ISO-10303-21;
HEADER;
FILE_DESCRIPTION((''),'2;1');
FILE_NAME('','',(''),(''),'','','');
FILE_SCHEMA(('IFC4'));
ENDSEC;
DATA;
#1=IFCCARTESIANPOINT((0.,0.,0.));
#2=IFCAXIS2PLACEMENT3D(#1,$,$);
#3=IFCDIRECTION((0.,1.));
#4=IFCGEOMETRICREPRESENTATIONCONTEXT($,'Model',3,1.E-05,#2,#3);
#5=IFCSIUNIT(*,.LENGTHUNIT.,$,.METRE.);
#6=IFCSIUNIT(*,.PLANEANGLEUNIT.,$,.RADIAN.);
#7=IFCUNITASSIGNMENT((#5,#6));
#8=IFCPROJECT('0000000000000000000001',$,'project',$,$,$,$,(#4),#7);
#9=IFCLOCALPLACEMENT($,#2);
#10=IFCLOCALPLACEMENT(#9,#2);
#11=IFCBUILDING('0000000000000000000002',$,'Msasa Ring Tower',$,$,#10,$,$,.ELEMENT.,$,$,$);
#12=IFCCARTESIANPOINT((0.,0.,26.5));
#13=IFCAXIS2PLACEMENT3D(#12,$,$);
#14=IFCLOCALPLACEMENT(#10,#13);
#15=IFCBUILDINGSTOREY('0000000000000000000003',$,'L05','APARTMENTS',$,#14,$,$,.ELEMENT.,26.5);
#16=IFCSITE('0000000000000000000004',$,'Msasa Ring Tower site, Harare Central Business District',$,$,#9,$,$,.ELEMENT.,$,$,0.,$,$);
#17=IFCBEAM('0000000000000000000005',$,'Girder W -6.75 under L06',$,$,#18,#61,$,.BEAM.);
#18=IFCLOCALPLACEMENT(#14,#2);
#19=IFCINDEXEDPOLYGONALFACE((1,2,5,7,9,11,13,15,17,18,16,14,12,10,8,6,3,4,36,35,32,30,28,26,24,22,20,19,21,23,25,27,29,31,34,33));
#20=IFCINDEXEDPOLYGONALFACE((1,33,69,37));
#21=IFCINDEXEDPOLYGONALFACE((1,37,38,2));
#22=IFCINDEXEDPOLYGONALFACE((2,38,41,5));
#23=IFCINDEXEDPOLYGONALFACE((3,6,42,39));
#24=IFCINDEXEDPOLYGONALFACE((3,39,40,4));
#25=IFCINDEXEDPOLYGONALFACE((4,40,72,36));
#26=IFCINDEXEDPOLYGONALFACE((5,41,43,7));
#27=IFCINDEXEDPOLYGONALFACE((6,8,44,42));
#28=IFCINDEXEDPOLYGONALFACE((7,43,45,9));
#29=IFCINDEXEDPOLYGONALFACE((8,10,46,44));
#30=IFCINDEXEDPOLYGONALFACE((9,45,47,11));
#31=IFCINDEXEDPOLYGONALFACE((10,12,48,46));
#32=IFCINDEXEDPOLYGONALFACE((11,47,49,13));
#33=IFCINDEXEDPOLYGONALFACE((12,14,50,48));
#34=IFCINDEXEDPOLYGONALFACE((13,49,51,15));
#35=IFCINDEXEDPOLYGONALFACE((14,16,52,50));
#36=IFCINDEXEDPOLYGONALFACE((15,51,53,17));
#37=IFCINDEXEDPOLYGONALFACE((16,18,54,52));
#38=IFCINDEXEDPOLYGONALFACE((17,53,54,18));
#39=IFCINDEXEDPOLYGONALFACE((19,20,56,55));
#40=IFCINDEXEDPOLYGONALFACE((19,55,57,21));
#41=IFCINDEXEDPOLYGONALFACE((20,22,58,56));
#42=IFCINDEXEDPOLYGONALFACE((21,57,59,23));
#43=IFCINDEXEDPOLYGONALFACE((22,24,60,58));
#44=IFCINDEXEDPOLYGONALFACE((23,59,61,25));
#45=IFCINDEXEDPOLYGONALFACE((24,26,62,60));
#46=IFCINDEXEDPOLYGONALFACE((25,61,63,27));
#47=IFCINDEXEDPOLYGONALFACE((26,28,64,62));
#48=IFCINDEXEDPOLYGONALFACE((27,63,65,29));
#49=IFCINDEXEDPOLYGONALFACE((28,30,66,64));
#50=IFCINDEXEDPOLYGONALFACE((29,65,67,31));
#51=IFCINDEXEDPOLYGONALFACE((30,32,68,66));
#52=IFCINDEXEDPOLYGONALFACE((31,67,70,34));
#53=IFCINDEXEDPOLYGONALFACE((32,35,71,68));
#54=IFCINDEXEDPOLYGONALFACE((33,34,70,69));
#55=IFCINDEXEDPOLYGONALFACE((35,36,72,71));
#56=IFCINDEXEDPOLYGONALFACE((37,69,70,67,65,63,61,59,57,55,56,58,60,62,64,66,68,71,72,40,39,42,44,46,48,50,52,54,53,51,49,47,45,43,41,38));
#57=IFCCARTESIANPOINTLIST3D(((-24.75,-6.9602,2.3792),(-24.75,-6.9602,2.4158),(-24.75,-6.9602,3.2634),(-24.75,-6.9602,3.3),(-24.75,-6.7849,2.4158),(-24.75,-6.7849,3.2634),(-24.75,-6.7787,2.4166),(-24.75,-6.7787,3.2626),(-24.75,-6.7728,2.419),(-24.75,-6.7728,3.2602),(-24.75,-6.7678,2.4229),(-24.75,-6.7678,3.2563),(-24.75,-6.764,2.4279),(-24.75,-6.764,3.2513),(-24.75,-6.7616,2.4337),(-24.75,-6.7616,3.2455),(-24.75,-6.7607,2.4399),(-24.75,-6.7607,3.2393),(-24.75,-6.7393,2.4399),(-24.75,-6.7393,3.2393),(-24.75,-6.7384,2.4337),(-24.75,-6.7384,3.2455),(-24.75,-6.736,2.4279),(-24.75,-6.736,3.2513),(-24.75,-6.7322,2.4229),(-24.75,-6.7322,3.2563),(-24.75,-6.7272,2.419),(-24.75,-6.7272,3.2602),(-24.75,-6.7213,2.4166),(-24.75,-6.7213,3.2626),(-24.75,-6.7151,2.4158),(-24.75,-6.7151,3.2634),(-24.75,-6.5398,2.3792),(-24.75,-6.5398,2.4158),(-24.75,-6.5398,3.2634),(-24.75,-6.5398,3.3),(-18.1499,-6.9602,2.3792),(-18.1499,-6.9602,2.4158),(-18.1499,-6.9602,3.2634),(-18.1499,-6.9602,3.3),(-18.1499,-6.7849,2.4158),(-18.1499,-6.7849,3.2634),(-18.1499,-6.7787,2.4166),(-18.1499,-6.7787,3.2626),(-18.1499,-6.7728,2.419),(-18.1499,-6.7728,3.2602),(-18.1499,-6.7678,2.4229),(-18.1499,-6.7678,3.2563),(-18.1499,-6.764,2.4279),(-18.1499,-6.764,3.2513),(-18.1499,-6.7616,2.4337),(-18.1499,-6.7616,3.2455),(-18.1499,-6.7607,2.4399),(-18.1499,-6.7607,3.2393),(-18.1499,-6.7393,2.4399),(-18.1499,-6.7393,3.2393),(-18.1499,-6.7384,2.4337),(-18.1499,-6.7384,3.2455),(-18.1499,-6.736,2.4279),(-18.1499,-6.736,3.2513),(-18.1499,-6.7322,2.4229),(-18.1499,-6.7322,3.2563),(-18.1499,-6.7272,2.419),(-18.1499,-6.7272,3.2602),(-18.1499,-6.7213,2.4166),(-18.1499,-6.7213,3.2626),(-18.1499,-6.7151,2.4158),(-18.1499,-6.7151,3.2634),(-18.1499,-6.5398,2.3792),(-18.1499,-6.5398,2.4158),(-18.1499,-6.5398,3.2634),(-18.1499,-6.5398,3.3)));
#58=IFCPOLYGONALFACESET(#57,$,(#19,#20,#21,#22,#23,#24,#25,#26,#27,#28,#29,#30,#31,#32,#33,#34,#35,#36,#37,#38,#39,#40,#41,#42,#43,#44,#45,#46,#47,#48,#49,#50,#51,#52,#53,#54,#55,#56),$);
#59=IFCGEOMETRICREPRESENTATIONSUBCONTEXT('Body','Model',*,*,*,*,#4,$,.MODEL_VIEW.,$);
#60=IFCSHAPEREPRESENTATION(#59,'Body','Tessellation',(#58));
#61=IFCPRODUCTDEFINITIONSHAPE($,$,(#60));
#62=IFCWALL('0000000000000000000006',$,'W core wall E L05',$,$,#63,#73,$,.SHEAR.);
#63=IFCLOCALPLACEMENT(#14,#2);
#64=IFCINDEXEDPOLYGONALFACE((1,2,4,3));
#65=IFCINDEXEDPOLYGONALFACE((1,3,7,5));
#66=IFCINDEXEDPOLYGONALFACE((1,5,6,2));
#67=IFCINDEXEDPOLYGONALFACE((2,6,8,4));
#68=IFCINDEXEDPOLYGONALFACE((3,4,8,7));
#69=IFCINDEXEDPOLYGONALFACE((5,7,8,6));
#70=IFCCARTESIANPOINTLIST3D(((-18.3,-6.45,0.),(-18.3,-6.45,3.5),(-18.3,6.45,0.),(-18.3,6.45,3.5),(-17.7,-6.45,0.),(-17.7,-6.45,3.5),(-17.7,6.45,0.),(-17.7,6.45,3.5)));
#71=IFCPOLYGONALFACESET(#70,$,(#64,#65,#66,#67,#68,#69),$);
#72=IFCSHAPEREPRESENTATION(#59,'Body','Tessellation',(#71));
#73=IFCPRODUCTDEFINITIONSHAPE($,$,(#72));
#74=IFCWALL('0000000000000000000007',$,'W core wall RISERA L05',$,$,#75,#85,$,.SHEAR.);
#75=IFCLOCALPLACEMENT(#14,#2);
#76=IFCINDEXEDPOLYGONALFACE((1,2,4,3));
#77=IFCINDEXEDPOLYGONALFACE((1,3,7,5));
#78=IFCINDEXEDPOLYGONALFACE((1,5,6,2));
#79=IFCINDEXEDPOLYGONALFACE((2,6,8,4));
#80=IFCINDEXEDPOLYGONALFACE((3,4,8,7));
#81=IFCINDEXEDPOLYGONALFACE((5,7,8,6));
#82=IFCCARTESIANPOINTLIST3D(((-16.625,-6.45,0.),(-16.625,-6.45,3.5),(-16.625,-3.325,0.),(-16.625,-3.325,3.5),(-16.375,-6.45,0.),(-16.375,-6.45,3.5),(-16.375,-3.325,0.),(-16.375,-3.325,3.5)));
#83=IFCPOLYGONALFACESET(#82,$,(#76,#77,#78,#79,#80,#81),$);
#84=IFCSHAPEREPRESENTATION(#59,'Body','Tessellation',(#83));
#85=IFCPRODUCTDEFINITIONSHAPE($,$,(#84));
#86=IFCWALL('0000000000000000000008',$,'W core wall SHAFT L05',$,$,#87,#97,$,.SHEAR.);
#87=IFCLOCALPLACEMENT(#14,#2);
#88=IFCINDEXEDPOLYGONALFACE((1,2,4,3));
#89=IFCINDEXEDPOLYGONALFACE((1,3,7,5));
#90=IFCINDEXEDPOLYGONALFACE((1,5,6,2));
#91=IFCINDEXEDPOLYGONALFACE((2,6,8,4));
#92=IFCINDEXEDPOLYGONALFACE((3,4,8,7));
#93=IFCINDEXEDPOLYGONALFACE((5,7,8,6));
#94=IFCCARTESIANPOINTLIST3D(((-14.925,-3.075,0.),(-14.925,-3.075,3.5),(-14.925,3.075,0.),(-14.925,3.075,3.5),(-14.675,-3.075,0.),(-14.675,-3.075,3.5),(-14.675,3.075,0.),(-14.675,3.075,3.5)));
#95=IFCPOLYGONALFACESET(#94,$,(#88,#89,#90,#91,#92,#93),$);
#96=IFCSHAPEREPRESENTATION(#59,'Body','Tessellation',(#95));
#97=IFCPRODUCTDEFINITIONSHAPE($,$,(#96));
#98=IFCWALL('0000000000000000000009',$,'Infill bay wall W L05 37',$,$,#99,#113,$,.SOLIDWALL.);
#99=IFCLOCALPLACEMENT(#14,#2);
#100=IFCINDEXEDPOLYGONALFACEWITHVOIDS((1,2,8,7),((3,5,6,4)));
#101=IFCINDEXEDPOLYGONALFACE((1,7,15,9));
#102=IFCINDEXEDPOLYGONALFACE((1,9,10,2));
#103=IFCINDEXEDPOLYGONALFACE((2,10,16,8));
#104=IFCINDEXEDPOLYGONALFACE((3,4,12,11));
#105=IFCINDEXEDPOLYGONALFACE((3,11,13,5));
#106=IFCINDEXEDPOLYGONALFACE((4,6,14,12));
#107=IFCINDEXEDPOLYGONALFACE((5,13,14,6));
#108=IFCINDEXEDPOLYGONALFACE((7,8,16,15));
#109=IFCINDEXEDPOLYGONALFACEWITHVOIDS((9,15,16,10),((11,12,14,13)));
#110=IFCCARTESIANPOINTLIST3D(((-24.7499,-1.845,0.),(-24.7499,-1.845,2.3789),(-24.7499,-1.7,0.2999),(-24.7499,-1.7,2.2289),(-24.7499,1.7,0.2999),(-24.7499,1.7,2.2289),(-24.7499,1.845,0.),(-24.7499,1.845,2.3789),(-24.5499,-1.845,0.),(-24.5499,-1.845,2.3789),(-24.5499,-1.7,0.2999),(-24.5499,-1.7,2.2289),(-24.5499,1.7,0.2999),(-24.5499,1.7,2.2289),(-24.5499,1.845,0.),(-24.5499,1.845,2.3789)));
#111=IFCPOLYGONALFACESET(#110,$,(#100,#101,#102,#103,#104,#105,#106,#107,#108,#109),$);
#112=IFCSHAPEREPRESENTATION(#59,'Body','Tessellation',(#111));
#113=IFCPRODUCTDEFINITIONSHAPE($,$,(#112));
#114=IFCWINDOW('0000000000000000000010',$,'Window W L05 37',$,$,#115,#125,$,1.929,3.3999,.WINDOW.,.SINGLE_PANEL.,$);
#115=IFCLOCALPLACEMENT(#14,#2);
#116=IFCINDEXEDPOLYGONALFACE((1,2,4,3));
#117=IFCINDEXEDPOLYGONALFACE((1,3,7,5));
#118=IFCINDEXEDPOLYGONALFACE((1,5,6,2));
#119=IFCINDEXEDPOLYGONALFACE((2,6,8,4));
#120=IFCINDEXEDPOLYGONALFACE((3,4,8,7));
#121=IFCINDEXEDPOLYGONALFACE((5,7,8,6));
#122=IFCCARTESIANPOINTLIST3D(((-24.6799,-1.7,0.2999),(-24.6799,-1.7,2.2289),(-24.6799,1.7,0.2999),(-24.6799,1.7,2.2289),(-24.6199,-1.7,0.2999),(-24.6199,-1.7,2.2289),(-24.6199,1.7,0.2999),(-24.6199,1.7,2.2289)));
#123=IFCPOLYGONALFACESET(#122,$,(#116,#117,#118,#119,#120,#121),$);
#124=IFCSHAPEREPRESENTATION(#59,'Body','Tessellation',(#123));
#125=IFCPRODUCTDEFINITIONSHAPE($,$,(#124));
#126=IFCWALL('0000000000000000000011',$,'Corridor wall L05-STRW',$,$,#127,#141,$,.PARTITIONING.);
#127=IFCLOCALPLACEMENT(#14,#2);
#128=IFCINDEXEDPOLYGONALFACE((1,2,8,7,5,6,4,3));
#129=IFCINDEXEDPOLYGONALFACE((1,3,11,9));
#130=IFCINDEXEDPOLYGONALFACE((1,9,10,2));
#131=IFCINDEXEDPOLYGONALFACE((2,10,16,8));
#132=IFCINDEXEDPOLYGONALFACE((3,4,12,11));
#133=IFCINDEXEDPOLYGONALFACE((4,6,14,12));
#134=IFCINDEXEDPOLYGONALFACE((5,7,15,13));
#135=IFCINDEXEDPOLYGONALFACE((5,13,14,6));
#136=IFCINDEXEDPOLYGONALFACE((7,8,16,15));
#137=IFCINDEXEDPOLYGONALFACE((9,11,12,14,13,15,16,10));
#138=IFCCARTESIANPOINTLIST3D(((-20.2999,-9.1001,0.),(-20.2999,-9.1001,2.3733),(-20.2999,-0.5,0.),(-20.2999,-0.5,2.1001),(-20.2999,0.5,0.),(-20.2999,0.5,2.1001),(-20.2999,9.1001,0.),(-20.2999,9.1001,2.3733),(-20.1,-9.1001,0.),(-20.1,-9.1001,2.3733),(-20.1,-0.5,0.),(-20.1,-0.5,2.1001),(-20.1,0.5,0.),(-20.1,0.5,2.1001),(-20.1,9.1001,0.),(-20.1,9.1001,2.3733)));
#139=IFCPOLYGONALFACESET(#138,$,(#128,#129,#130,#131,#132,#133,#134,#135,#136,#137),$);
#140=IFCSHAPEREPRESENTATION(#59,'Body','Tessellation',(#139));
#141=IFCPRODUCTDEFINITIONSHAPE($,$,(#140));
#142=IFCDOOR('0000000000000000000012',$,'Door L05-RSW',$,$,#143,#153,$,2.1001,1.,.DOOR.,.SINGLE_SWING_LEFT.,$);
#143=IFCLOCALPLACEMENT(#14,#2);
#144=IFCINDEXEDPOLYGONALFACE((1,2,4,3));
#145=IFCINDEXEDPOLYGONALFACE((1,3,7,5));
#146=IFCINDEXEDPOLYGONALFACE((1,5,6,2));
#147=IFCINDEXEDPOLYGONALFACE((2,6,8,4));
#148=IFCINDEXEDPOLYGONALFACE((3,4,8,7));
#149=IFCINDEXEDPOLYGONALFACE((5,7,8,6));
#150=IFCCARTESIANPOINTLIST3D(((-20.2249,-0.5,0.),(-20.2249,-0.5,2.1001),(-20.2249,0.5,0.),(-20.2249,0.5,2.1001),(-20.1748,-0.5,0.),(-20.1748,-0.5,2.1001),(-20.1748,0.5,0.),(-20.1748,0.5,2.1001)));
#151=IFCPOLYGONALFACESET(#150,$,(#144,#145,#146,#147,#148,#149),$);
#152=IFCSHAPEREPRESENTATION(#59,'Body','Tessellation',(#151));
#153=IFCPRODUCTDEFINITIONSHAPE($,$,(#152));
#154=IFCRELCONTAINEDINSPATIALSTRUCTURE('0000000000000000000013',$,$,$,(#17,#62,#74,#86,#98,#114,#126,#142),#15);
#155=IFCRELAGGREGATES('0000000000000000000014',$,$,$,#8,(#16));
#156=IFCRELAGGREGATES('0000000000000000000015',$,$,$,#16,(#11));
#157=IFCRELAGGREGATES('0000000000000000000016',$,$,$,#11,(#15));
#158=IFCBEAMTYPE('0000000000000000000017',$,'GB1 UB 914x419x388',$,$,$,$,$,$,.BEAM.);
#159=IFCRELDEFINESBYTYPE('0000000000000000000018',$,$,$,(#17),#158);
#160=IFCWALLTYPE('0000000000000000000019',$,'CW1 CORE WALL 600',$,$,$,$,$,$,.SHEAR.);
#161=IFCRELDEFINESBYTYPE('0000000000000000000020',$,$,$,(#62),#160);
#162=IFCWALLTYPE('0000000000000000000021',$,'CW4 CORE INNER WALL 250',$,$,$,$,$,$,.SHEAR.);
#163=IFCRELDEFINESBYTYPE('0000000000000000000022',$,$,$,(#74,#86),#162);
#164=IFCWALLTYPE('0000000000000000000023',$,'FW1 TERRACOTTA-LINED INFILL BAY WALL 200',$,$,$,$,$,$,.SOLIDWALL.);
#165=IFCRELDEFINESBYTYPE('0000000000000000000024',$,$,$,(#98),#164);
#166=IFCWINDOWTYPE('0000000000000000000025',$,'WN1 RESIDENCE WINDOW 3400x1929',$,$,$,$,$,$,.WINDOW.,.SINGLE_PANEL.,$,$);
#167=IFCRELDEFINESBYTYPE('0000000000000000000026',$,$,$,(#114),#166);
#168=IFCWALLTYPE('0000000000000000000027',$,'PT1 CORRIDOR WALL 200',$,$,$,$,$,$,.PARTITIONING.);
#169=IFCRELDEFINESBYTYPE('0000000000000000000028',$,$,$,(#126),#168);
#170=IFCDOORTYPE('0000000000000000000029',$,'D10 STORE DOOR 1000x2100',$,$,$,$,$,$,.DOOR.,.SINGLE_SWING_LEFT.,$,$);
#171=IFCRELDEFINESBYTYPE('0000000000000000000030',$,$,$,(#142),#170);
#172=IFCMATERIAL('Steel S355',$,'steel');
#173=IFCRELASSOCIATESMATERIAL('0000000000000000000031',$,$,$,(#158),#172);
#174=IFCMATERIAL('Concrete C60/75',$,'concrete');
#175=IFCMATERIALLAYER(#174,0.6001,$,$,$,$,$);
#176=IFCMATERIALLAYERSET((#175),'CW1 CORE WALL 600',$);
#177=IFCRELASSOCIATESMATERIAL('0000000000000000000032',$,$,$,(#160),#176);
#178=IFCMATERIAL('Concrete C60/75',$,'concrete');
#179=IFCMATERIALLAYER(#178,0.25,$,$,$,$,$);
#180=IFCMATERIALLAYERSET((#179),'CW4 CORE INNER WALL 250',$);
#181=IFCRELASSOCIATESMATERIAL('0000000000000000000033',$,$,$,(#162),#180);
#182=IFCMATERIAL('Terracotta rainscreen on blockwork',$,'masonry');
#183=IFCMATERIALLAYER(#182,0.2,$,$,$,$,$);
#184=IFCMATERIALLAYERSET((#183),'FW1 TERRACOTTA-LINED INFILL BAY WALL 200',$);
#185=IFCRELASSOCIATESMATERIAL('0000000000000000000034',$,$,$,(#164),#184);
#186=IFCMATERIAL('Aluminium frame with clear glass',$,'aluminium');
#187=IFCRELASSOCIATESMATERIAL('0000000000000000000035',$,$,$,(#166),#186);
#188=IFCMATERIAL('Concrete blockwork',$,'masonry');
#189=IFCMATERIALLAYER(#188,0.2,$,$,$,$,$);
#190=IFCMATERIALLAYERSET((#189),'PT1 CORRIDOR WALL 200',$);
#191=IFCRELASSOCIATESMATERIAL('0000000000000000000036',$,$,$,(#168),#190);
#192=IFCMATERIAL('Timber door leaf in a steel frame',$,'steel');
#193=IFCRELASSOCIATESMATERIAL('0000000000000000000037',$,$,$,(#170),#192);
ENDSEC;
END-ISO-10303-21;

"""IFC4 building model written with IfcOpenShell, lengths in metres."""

from ifc_helpers import new_model, si_unit, direction, frame, frame_2d, origin, origin_2d, place, context, subcontext, project, spatial, rectangle, i_section, extrude, material, layer, layer_set, material_profile, profile_set, type_object, element, fill, save


model = new_model("IFC4")

# Units and contexts
model_context = context("Model", 3, precision=1e-05, world=origin(), true_north=direction((0.0, 1.0)))
body_context = subcontext(model_context, "Body", "Model", "MODEL_VIEW")
ifc_project = project(units=[si_unit("LENGTHUNIT", "METRE"), si_unit("PLANEANGLEUNIT", "RADIAN")], contexts=[model_context])

# Site, building, storey
site_placement = place(None, origin())
site = spatial("IfcSite", under=ifc_project, at=site_placement, Name="Msasa Ring Tower site, Harare Central Business District", CompositionType="ELEMENT", RefElevation=0.0)
building_placement = place(site_placement, origin())
building = spatial("IfcBuilding", under=site, at=building_placement, Name="Msasa Ring Tower", CompositionType="ELEMENT")
storey_placement = place(building_placement, frame((0.0, 0.0, 26.5)))
storey = spatial("IfcBuildingStorey", under=building, at=storey_placement, Name="L05", Description="APARTMENTS", CompositionType="ELEMENT", Elevation=26.5)

# Beam
ifc_material_1 = material(Name="Steel S355", Category="steel")
ifc_material_profile = material_profile(ifc_material_1, i_section(OverallWidth=0.4204, OverallDepth=0.9209, WebThickness=0.0215, FlangeThickness=0.0366, FilletRadius=0.0242, at=origin_2d()), Name="UB 914x419x388")
ifc_profile_set = profile_set([ifc_material_profile], Name="Steel S355")
beam_type = type_object("IfcBeamType", Name="GB1 UB 914x419x388", PredefinedType="BEAM", material=ifc_profile_set)
beam_placement = place(storey_placement, frame((-18.1499, -6.75, 2.8396), z_axis=(-1.0, 0.0, 0.0), x_axis=(0.0, -1.0, 0.0)))
element("IfcBeam", 1, at=beam_placement, inside=storey, type_object=beam_type, Name="Girder W -6.75 under L06", PredefinedType="BEAM", context=body_context, shape_type="SweptSolid", body=[
    extrude(i_section(OverallWidth=0.4204, OverallDepth=0.9209, WebThickness=0.0215, FlangeThickness=0.0366, FilletRadius=0.0242, at=origin_2d()), origin(), (0.0, 0.0, 1.0), 6.6001),
])

# Walls
ifc_material_2 = material(Name="Concrete C60/75", Category="concrete")
ifc_layer_1 = layer(ifc_material_2, 0.6001)
ifc_layer_set_1 = layer_set([ifc_layer_1], Name="CW1 CORE WALL 600")
wall_type_1 = type_object("IfcWallType", Name="CW1 CORE WALL 600", PredefinedType="SHEAR", material=ifc_layer_set_1)
wall_1_placement = place(storey_placement, frame((-18.0, -6.45, 0.0), z_axis=(0.0, 0.0, 1.0), x_axis=(0.0, 1.0, 0.0)))
element("IfcWall", 2, at=wall_1_placement, inside=storey, type_object=wall_type_1, Name="W core wall E L05", PredefinedType="SHEAR", context=body_context, shape_type="SweptSolid", body=[
    extrude(rectangle(XDim=12.8999, YDim=0.6001, at=frame_2d((6.45, 0.0))), origin(), (0.0, 0.0, 1.0), 3.5),
])
ifc_material_3 = material(Name="Concrete C60/75", Category="concrete")
ifc_layer_2 = layer(ifc_material_3, 0.25)
ifc_layer_set_2 = layer_set([ifc_layer_2], Name="CW4 CORE INNER WALL 250")
wall_type_2 = type_object("IfcWallType", Name="CW4 CORE INNER WALL 250", PredefinedType="SHEAR", material=ifc_layer_set_2)
wall_2_placement = place(storey_placement, frame((-16.5, -6.45, 0.0), z_axis=(0.0, 0.0, 1.0), x_axis=(0.0, 1.0, 0.0)))
element("IfcWall", 3, at=wall_2_placement, inside=storey, type_object=wall_type_2, Name="W core wall RISERA L05", PredefinedType="SHEAR", context=body_context, shape_type="SweptSolid", body=[
    extrude(rectangle(XDim=3.125, YDim=0.25, at=frame_2d((1.5625, 0.0))), origin(), (0.0, 0.0, 1.0), 3.5),
])
wall_3_placement = place(storey_placement, frame((-14.8, -3.075, 0.0), z_axis=(0.0, 0.0, 1.0), x_axis=(0.0, 1.0, 0.0)))
element("IfcWall", 4, at=wall_3_placement, inside=storey, type_object=wall_type_2, Name="W core wall SHAFT L05", PredefinedType="SHEAR", context=body_context, shape_type="SweptSolid", body=[
    extrude(rectangle(XDim=6.1499, YDim=0.25, at=frame_2d((3.075, 0.0))), origin(), (0.0, 0.0, 1.0), 3.5),
])

# Wall, opening, window
ifc_material_4 = material(Name="Terracotta rainscreen on blockwork", Category="masonry")
ifc_layer_3 = layer(ifc_material_4, 0.2)
ifc_layer_set_3 = layer_set([ifc_layer_3], Name="FW1 TERRACOTTA-LINED INFILL BAY WALL 200")
wall_type_3 = type_object("IfcWallType", Name="FW1 TERRACOTTA-LINED INFILL BAY WALL 200", PredefinedType="SOLIDWALL", material=ifc_layer_set_3)
wall_4_placement = place(storey_placement, frame((-24.6499, -1.845, 0.0), z_axis=(0.0, 0.0, 1.0), x_axis=(0.0, 1.0, 0.0)))
wall_4 = element("IfcWall", 5, at=wall_4_placement, inside=storey, type_object=wall_type_3, Name="Infill bay wall W L05 37", PredefinedType="SOLIDWALL", context=body_context, shape_type="SweptSolid", body=[
    extrude(rectangle(XDim=3.6899, YDim=0.2, at=frame_2d((1.845, 0.0))), origin(), (0.0, 0.0, 1.0), 2.3789),
])
opening_1_placement = place(wall_4_placement, frame((0.145, 0.0, 0.3)))
opening_1 = element("IfcOpeningElement", 6, at=opening_1_placement, cuts=wall_4, PredefinedType="OPENING", context=body_context, shape_type="SweptSolid", body=[
    extrude(rectangle(XDim=3.3999, YDim=1.929, at=frame_2d((1.7, 0.9644))), frame((0.0, 0.1099, 0.0), z_axis=(0.0, -1.0, 0.0), x_axis=(1.0, 0.0, 0.0)), (0.0, 0.0, 1.0), 0.22),
])
ifc_material_5 = material(Name="Aluminium frame with clear glass", Category="aluminium")
window_type = type_object("IfcWindowType", Name="WN1 RESIDENCE WINDOW 3400x1929", PartitioningType="SINGLE_PANEL", PredefinedType="WINDOW", material=ifc_material_5)
window_placement = place(opening_1_placement, origin())
window = element("IfcWindow", 7, at=window_placement, inside=storey, type_object=window_type, Name="Window W L05 37", OverallHeight=1.929, OverallWidth=3.3999, PartitioningType="SINGLE_PANEL", PredefinedType="WINDOW", context=body_context, shape_type="SweptSolid", body=[
    extrude(rectangle(XDim=3.3999, YDim=1.929, at=frame_2d((1.7, 0.9644))), frame((0.0, 0.03, 0.0), z_axis=(0.0, -1.0, 0.0), x_axis=(1.0, 0.0, 0.0)), (0.0, 0.0, 1.0), 0.0601),
])
fill(opening_1, window)

# Shared definitions
ifc_material_6 = material(Name="Concrete blockwork", Category="masonry")
ifc_layer_4 = layer(ifc_material_6, 0.2)
ifc_layer_set_4 = layer_set([ifc_layer_4], Name="PT1 CORRIDOR WALL 200")
wall_type_4 = type_object("IfcWallType", Name="PT1 CORRIDOR WALL 200", PredefinedType="PARTITIONING", material=ifc_layer_set_4)

# Wall, opening, door
wall_5_placement = place(storey_placement, frame((-20.2, -9.1001, 0.0), z_axis=(0.0, 0.0, 1.0), x_axis=(0.0, 1.0, 0.0)))
wall_5 = element("IfcWall", 8, at=wall_5_placement, inside=storey, type_object=wall_type_4, Name="Corridor wall L05-STRW", PredefinedType="PARTITIONING", context=body_context, shape_type="SweptSolid", body=[
    extrude(rectangle(XDim=18.2002, YDim=0.2, at=frame_2d((9.1001, 0.0))), origin(), (0.0, 0.0, 1.0), 2.3733),
])
opening_2_placement = place(wall_5_placement, frame((8.6001, 0.0, 0.0)))
opening_2 = element("IfcOpeningElement", 9, at=opening_2_placement, cuts=wall_5, PredefinedType="OPENING", context=body_context, shape_type="SweptSolid", body=[
    extrude(rectangle(XDim=1.0, YDim=2.1001, at=frame_2d((0.5, 1.05))), frame((0.0, 0.1099, 0.0), z_axis=(0.0, -1.0, 0.0), x_axis=(1.0, 0.0, 0.0)), (0.0, 0.0, 1.0), 0.22),
])
ifc_material_7 = material(Name="Timber door leaf in a steel frame", Category="steel")
door_type_1 = type_object("IfcDoorType", Name="D10 STORE DOOR 1000x2100", OperationType="SINGLE_SWING_LEFT", PredefinedType="DOOR", material=ifc_material_7)
door_1_placement = place(opening_2_placement, origin())
door_1 = element("IfcDoor", 10, at=door_1_placement, inside=storey, type_object=door_type_1, Name="Door L05-RSW", OperationType="SINGLE_SWING_LEFT", OverallHeight=2.1001, OverallWidth=1.0, PredefinedType="DOOR", context=body_context, shape_type="SweptSolid", body=[
    extrude(rectangle(XDim=1.0, YDim=2.1001, at=frame_2d((0.5, 1.05))), frame((0.0, 0.0249, 0.0), z_axis=(0.0, -1.0, 0.0), x_axis=(1.0, 0.0, 0.0)), (0.0, 0.0, 1.0), 0.05),
])
fill(opening_2, door_1)

save(model, "model.ifc")
